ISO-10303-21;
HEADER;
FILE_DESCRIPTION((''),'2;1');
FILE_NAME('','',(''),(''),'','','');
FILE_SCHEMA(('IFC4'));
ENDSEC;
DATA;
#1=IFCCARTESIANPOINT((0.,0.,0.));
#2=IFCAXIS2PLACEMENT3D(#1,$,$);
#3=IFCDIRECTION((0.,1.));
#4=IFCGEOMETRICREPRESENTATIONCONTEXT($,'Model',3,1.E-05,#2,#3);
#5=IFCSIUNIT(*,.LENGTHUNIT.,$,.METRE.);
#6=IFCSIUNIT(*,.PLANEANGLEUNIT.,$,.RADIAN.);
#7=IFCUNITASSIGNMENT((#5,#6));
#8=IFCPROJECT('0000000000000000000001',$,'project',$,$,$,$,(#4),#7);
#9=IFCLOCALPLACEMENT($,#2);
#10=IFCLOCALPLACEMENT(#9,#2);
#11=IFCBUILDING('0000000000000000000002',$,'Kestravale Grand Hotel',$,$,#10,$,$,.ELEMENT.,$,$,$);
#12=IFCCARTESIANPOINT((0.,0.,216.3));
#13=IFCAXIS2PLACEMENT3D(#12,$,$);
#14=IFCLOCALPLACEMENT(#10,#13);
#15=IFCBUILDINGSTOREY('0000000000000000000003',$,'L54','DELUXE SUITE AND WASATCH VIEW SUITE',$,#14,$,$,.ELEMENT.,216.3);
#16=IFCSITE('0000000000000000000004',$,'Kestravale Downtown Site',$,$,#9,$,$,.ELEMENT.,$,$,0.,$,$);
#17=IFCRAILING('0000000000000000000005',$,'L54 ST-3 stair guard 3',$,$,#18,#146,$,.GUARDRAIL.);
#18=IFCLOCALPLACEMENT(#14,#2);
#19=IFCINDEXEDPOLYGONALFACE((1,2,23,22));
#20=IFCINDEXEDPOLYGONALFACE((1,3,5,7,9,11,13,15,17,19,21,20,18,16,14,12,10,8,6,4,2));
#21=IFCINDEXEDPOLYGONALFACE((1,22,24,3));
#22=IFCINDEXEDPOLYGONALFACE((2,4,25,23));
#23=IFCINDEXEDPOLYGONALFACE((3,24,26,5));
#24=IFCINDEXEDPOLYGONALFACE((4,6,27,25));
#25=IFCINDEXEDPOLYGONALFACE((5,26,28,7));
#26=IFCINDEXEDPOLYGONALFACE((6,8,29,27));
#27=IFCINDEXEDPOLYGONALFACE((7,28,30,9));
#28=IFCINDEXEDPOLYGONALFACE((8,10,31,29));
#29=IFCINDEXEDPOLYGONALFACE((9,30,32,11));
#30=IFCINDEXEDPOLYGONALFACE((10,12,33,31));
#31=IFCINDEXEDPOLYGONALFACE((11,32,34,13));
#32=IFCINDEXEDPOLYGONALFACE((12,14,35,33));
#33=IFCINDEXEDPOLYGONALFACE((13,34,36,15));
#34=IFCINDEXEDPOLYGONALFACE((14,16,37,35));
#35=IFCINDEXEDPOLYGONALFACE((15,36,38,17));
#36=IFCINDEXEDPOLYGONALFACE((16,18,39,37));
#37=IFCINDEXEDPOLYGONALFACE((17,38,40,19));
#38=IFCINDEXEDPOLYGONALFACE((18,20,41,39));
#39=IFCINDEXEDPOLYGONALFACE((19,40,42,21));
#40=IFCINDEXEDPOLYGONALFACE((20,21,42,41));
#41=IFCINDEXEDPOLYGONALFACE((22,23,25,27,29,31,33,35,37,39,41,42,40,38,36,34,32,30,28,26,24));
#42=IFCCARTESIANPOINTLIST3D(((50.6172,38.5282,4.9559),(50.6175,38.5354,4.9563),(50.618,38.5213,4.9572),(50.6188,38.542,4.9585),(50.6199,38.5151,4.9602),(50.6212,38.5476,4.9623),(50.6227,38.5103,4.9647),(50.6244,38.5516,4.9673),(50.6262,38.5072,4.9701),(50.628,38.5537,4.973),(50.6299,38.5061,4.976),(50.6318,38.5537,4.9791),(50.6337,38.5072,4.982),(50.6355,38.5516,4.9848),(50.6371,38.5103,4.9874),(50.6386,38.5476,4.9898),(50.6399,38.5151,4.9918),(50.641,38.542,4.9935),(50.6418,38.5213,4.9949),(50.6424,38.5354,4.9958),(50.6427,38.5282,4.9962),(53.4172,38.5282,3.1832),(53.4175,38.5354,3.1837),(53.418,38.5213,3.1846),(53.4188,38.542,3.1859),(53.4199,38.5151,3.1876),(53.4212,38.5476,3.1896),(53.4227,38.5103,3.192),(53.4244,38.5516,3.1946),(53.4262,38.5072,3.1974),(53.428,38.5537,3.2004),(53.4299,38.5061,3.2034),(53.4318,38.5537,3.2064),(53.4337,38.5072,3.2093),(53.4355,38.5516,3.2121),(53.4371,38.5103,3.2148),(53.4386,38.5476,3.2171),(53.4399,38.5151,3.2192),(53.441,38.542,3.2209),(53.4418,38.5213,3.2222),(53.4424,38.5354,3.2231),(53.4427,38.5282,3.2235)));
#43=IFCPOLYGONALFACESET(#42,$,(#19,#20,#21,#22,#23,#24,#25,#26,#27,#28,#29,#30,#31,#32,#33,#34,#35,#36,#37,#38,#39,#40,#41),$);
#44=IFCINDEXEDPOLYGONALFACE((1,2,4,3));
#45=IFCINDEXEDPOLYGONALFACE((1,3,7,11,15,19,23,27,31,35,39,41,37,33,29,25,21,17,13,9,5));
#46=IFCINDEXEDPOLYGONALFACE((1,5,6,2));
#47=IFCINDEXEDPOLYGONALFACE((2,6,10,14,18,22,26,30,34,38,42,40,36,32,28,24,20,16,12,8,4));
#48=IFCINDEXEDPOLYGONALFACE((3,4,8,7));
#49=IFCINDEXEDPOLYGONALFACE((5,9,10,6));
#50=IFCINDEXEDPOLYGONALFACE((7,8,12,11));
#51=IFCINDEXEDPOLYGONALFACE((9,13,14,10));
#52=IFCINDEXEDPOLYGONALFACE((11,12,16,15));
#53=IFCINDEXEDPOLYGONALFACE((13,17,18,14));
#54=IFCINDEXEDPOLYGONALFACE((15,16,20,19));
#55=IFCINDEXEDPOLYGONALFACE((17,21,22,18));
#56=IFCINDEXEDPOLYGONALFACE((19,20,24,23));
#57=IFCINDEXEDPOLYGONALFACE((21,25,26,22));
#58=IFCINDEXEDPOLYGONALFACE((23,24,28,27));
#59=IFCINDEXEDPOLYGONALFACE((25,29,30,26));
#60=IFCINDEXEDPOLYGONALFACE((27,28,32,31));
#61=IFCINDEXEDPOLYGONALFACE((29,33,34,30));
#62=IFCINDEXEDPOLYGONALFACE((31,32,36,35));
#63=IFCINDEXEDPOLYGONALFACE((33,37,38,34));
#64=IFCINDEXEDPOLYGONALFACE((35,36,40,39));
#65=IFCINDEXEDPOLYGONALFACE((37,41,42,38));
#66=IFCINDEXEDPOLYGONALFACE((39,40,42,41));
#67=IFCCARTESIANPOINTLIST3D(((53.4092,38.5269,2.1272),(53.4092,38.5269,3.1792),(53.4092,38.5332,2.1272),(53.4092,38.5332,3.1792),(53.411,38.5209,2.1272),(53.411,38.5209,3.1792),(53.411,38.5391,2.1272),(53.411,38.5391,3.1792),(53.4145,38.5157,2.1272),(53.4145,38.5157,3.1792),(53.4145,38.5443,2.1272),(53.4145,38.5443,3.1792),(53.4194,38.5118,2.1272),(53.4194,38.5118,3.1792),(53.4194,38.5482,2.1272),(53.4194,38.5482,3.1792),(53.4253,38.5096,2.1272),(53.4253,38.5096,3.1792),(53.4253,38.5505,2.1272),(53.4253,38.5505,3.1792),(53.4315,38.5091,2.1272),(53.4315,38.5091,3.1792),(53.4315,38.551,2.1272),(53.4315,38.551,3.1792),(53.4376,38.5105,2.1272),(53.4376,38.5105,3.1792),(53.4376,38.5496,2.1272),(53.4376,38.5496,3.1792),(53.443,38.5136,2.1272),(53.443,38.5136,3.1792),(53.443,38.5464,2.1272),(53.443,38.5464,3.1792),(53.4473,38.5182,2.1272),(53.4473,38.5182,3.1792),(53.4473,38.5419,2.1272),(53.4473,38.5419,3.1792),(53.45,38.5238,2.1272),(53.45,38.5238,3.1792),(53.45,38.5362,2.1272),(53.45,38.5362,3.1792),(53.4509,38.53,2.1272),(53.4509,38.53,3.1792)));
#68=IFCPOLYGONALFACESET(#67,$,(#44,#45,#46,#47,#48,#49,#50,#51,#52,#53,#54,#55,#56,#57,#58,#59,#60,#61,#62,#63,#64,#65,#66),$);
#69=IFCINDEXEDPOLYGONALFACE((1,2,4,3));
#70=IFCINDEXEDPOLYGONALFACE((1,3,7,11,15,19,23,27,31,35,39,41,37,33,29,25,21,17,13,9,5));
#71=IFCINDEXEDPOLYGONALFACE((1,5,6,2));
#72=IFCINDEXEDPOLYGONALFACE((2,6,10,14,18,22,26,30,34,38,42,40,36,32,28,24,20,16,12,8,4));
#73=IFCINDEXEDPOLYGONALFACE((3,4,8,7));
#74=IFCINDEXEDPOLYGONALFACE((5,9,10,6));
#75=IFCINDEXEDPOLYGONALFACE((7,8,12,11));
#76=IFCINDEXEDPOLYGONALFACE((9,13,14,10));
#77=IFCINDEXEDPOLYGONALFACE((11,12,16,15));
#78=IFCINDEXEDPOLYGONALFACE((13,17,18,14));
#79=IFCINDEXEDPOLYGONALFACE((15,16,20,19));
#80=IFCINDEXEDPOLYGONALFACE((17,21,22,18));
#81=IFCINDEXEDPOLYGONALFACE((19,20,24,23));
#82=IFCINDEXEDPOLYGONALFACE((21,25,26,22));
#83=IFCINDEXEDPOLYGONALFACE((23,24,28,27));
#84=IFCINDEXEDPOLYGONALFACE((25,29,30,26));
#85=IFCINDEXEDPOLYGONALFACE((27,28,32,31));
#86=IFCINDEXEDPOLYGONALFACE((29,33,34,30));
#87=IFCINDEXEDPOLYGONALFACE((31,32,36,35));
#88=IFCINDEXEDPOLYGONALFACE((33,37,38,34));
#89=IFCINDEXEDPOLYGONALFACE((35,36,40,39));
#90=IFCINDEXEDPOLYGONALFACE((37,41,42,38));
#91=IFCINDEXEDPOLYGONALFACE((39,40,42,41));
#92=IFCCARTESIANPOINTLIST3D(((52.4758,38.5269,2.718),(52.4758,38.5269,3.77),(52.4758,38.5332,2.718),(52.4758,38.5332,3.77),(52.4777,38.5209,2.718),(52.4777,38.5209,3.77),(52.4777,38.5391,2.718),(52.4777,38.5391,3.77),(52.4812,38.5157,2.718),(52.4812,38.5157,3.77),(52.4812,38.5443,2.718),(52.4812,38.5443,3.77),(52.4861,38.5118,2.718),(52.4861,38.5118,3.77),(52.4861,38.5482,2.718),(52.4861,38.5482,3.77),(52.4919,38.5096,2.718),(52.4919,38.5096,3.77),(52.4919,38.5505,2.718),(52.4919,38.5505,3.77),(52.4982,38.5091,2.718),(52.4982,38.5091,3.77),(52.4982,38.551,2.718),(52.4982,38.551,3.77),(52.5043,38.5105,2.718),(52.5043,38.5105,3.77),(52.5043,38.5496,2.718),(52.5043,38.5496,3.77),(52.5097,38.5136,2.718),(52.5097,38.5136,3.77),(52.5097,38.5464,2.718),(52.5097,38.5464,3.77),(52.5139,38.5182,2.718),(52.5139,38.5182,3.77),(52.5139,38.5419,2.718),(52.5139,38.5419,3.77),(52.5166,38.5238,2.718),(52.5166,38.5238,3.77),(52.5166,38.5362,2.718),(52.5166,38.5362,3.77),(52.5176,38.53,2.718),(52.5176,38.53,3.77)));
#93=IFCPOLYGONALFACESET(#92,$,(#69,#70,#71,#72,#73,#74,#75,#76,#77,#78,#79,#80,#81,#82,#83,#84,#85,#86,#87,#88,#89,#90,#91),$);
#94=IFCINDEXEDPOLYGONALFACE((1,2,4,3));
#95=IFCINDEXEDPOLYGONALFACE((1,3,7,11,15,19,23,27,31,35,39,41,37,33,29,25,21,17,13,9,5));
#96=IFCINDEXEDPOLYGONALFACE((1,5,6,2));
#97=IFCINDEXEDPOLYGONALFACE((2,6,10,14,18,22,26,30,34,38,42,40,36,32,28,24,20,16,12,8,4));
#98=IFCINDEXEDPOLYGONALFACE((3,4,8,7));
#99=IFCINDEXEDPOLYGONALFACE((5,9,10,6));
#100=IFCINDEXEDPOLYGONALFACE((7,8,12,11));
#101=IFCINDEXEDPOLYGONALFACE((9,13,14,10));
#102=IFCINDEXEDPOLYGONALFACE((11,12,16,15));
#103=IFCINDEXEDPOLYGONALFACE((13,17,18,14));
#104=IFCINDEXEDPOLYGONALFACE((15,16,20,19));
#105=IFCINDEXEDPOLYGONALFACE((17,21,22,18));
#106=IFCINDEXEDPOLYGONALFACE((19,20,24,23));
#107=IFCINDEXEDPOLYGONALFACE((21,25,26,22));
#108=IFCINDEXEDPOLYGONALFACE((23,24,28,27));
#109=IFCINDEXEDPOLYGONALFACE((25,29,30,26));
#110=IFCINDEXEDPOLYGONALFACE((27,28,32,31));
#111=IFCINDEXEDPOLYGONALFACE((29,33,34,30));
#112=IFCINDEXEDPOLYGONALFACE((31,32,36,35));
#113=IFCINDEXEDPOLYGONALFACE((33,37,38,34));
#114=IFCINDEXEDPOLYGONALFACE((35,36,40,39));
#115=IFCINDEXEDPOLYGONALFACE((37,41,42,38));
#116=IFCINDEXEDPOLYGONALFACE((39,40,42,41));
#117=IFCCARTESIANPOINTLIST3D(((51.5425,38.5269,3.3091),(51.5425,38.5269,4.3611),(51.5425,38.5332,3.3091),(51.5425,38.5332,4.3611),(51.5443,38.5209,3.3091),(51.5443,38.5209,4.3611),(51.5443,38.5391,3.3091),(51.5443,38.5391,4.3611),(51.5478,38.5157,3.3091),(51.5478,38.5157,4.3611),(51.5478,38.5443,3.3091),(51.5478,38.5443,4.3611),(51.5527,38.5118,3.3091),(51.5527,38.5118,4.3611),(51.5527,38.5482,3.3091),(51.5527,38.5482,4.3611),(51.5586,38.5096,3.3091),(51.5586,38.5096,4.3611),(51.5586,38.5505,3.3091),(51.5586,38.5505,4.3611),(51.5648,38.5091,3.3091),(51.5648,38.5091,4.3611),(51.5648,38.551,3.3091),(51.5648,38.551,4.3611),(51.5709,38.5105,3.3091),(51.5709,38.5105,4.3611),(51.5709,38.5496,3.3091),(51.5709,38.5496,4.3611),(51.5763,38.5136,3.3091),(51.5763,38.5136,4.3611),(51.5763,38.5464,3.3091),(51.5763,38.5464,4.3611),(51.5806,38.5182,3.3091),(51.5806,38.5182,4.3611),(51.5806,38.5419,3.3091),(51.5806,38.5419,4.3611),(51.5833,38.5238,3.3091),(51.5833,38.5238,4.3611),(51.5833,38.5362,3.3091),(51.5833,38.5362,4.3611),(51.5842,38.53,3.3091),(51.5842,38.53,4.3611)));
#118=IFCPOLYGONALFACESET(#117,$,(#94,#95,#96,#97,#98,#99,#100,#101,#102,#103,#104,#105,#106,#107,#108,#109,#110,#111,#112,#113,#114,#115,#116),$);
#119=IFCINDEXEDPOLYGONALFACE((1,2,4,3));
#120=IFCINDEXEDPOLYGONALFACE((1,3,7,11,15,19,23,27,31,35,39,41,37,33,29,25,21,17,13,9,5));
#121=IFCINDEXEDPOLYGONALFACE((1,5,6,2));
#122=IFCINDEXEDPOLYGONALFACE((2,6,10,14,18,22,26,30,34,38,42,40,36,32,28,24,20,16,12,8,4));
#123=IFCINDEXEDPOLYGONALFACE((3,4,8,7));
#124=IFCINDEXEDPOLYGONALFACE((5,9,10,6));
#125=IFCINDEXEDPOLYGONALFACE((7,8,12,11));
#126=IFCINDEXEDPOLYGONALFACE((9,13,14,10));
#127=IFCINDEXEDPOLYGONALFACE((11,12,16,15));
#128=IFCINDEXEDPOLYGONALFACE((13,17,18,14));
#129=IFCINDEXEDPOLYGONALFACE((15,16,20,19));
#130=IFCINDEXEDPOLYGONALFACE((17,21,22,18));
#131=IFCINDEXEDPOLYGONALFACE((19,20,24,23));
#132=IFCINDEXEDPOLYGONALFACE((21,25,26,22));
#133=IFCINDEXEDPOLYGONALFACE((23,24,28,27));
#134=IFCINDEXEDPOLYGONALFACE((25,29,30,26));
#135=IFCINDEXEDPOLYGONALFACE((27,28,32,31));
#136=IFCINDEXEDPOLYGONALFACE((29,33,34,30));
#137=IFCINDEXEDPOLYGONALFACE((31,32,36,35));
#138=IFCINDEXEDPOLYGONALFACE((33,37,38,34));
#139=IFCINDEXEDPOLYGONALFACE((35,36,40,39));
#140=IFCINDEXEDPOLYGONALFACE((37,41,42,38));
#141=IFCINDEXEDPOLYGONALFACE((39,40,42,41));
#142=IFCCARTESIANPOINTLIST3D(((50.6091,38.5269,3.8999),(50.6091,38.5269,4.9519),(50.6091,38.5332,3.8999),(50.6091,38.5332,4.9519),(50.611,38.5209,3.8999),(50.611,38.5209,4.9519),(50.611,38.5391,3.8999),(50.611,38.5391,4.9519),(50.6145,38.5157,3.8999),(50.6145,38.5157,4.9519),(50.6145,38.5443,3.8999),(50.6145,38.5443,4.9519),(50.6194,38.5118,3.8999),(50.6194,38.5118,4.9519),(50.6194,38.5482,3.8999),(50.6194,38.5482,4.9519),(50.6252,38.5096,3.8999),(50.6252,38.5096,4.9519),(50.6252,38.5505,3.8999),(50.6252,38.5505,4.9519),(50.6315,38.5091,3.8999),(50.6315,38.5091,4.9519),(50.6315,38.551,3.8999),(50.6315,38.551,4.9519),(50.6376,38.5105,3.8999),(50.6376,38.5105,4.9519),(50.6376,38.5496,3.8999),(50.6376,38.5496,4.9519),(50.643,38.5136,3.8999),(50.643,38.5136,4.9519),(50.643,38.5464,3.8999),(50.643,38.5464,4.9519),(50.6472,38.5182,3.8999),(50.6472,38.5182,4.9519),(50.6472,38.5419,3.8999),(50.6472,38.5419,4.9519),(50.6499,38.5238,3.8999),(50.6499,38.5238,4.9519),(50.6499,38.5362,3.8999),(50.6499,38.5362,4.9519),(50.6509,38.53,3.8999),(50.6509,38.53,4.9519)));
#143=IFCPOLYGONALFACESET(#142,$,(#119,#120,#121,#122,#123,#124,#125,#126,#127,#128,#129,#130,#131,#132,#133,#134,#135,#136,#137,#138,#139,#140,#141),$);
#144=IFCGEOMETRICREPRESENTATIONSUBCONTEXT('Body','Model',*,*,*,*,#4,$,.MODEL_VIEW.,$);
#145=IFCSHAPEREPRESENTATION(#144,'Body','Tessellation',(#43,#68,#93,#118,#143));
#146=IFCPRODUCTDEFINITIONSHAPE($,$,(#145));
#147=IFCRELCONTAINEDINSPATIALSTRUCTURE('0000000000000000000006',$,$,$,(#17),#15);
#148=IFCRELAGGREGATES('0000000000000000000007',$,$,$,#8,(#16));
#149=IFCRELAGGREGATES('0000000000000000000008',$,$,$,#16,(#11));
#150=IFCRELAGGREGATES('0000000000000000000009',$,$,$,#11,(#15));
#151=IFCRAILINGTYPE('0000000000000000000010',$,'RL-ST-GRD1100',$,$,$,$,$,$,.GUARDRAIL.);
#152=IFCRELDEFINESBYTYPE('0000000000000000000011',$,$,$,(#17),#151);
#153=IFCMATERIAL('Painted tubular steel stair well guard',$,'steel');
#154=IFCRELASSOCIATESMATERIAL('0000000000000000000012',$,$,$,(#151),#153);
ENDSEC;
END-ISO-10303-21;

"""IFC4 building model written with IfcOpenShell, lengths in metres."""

from ifc_helpers import new_model, si_unit, direction, frame, origin, origin_2d, place, context, subcontext, project, spatial, circle, extrude, material, type_object, element, save


model = new_model("IFC4")

# Units and contexts
model_context = context("Model", 3, precision=1e-05, world=origin(), true_north=direction((0.0, 1.0)))
body_context = subcontext(model_context, "Body", "Model", "MODEL_VIEW")
ifc_project = project(units=[si_unit("LENGTHUNIT", "METRE"), si_unit("PLANEANGLEUNIT", "RADIAN")], contexts=[model_context])

# Site, building, storey
site_placement = place(None, origin())
site = spatial("IfcSite", under=ifc_project, at=site_placement, Name="Kestravale Downtown Site", CompositionType="ELEMENT", RefElevation=0.0)
building_placement = place(site_placement, origin())
building = spatial("IfcBuilding", under=site, at=building_placement, Name="Kestravale Grand Hotel", CompositionType="ELEMENT")
storey_placement = place(building_placement, frame((0.0, 0.0, 216.3)))
storey = spatial("IfcBuildingStorey", under=building, at=storey_placement, Name="L54", Description="DELUXE SUITE AND WASATCH VIEW SUITE", CompositionType="ELEMENT", Elevation=216.3)

# Railing
ifc_material_1 = material(Name="Painted tubular steel stair well guard", Category="steel")
railing_type_1 = type_object("IfcRailingType", Name="RL-ST-GRD1100", PredefinedType="GUARDRAIL", material=ifc_material_1)
railing_1_placement = place(storey_placement, frame((53.4299, 38.53, 2.1272)))
element("IfcRailing", 1, at=railing_1_placement, inside=storey, type_object=railing_type_1, Name="L54 ST-3 stair guard 3", PredefinedType="GUARDRAIL", context=body_context, shape_type="SweptSolid", body=[
    extrude(circle(Radius=0.0239, at=origin_2d()), frame((0.0, 0.0, 1.0762), z_axis=(-0.844909, 0.0, 0.53491), x_axis=(0.0, -1.0, 0.0)), (0.0, 0.0, 1.0), 3.314),
    extrude(circle(Radius=0.021, at=origin_2d()), origin(), (0.0, 0.0, 1.0), 1.052),
    extrude(circle(Radius=0.021, at=origin_2d()), frame((-0.9333, 0.0, 0.5908)), (0.0, 0.0, 1.0), 1.052),
    extrude(circle(Radius=0.021, at=origin_2d()), frame((-1.8667, 0.0, 1.1819)), (0.0, 0.0, 1.0), 1.052),
    extrude(circle(Radius=0.021, at=origin_2d()), frame((-2.8, 0.0, 1.7727)), (0.0, 0.0, 1.0), 1.052),
])

save(model, "model.ifc")
